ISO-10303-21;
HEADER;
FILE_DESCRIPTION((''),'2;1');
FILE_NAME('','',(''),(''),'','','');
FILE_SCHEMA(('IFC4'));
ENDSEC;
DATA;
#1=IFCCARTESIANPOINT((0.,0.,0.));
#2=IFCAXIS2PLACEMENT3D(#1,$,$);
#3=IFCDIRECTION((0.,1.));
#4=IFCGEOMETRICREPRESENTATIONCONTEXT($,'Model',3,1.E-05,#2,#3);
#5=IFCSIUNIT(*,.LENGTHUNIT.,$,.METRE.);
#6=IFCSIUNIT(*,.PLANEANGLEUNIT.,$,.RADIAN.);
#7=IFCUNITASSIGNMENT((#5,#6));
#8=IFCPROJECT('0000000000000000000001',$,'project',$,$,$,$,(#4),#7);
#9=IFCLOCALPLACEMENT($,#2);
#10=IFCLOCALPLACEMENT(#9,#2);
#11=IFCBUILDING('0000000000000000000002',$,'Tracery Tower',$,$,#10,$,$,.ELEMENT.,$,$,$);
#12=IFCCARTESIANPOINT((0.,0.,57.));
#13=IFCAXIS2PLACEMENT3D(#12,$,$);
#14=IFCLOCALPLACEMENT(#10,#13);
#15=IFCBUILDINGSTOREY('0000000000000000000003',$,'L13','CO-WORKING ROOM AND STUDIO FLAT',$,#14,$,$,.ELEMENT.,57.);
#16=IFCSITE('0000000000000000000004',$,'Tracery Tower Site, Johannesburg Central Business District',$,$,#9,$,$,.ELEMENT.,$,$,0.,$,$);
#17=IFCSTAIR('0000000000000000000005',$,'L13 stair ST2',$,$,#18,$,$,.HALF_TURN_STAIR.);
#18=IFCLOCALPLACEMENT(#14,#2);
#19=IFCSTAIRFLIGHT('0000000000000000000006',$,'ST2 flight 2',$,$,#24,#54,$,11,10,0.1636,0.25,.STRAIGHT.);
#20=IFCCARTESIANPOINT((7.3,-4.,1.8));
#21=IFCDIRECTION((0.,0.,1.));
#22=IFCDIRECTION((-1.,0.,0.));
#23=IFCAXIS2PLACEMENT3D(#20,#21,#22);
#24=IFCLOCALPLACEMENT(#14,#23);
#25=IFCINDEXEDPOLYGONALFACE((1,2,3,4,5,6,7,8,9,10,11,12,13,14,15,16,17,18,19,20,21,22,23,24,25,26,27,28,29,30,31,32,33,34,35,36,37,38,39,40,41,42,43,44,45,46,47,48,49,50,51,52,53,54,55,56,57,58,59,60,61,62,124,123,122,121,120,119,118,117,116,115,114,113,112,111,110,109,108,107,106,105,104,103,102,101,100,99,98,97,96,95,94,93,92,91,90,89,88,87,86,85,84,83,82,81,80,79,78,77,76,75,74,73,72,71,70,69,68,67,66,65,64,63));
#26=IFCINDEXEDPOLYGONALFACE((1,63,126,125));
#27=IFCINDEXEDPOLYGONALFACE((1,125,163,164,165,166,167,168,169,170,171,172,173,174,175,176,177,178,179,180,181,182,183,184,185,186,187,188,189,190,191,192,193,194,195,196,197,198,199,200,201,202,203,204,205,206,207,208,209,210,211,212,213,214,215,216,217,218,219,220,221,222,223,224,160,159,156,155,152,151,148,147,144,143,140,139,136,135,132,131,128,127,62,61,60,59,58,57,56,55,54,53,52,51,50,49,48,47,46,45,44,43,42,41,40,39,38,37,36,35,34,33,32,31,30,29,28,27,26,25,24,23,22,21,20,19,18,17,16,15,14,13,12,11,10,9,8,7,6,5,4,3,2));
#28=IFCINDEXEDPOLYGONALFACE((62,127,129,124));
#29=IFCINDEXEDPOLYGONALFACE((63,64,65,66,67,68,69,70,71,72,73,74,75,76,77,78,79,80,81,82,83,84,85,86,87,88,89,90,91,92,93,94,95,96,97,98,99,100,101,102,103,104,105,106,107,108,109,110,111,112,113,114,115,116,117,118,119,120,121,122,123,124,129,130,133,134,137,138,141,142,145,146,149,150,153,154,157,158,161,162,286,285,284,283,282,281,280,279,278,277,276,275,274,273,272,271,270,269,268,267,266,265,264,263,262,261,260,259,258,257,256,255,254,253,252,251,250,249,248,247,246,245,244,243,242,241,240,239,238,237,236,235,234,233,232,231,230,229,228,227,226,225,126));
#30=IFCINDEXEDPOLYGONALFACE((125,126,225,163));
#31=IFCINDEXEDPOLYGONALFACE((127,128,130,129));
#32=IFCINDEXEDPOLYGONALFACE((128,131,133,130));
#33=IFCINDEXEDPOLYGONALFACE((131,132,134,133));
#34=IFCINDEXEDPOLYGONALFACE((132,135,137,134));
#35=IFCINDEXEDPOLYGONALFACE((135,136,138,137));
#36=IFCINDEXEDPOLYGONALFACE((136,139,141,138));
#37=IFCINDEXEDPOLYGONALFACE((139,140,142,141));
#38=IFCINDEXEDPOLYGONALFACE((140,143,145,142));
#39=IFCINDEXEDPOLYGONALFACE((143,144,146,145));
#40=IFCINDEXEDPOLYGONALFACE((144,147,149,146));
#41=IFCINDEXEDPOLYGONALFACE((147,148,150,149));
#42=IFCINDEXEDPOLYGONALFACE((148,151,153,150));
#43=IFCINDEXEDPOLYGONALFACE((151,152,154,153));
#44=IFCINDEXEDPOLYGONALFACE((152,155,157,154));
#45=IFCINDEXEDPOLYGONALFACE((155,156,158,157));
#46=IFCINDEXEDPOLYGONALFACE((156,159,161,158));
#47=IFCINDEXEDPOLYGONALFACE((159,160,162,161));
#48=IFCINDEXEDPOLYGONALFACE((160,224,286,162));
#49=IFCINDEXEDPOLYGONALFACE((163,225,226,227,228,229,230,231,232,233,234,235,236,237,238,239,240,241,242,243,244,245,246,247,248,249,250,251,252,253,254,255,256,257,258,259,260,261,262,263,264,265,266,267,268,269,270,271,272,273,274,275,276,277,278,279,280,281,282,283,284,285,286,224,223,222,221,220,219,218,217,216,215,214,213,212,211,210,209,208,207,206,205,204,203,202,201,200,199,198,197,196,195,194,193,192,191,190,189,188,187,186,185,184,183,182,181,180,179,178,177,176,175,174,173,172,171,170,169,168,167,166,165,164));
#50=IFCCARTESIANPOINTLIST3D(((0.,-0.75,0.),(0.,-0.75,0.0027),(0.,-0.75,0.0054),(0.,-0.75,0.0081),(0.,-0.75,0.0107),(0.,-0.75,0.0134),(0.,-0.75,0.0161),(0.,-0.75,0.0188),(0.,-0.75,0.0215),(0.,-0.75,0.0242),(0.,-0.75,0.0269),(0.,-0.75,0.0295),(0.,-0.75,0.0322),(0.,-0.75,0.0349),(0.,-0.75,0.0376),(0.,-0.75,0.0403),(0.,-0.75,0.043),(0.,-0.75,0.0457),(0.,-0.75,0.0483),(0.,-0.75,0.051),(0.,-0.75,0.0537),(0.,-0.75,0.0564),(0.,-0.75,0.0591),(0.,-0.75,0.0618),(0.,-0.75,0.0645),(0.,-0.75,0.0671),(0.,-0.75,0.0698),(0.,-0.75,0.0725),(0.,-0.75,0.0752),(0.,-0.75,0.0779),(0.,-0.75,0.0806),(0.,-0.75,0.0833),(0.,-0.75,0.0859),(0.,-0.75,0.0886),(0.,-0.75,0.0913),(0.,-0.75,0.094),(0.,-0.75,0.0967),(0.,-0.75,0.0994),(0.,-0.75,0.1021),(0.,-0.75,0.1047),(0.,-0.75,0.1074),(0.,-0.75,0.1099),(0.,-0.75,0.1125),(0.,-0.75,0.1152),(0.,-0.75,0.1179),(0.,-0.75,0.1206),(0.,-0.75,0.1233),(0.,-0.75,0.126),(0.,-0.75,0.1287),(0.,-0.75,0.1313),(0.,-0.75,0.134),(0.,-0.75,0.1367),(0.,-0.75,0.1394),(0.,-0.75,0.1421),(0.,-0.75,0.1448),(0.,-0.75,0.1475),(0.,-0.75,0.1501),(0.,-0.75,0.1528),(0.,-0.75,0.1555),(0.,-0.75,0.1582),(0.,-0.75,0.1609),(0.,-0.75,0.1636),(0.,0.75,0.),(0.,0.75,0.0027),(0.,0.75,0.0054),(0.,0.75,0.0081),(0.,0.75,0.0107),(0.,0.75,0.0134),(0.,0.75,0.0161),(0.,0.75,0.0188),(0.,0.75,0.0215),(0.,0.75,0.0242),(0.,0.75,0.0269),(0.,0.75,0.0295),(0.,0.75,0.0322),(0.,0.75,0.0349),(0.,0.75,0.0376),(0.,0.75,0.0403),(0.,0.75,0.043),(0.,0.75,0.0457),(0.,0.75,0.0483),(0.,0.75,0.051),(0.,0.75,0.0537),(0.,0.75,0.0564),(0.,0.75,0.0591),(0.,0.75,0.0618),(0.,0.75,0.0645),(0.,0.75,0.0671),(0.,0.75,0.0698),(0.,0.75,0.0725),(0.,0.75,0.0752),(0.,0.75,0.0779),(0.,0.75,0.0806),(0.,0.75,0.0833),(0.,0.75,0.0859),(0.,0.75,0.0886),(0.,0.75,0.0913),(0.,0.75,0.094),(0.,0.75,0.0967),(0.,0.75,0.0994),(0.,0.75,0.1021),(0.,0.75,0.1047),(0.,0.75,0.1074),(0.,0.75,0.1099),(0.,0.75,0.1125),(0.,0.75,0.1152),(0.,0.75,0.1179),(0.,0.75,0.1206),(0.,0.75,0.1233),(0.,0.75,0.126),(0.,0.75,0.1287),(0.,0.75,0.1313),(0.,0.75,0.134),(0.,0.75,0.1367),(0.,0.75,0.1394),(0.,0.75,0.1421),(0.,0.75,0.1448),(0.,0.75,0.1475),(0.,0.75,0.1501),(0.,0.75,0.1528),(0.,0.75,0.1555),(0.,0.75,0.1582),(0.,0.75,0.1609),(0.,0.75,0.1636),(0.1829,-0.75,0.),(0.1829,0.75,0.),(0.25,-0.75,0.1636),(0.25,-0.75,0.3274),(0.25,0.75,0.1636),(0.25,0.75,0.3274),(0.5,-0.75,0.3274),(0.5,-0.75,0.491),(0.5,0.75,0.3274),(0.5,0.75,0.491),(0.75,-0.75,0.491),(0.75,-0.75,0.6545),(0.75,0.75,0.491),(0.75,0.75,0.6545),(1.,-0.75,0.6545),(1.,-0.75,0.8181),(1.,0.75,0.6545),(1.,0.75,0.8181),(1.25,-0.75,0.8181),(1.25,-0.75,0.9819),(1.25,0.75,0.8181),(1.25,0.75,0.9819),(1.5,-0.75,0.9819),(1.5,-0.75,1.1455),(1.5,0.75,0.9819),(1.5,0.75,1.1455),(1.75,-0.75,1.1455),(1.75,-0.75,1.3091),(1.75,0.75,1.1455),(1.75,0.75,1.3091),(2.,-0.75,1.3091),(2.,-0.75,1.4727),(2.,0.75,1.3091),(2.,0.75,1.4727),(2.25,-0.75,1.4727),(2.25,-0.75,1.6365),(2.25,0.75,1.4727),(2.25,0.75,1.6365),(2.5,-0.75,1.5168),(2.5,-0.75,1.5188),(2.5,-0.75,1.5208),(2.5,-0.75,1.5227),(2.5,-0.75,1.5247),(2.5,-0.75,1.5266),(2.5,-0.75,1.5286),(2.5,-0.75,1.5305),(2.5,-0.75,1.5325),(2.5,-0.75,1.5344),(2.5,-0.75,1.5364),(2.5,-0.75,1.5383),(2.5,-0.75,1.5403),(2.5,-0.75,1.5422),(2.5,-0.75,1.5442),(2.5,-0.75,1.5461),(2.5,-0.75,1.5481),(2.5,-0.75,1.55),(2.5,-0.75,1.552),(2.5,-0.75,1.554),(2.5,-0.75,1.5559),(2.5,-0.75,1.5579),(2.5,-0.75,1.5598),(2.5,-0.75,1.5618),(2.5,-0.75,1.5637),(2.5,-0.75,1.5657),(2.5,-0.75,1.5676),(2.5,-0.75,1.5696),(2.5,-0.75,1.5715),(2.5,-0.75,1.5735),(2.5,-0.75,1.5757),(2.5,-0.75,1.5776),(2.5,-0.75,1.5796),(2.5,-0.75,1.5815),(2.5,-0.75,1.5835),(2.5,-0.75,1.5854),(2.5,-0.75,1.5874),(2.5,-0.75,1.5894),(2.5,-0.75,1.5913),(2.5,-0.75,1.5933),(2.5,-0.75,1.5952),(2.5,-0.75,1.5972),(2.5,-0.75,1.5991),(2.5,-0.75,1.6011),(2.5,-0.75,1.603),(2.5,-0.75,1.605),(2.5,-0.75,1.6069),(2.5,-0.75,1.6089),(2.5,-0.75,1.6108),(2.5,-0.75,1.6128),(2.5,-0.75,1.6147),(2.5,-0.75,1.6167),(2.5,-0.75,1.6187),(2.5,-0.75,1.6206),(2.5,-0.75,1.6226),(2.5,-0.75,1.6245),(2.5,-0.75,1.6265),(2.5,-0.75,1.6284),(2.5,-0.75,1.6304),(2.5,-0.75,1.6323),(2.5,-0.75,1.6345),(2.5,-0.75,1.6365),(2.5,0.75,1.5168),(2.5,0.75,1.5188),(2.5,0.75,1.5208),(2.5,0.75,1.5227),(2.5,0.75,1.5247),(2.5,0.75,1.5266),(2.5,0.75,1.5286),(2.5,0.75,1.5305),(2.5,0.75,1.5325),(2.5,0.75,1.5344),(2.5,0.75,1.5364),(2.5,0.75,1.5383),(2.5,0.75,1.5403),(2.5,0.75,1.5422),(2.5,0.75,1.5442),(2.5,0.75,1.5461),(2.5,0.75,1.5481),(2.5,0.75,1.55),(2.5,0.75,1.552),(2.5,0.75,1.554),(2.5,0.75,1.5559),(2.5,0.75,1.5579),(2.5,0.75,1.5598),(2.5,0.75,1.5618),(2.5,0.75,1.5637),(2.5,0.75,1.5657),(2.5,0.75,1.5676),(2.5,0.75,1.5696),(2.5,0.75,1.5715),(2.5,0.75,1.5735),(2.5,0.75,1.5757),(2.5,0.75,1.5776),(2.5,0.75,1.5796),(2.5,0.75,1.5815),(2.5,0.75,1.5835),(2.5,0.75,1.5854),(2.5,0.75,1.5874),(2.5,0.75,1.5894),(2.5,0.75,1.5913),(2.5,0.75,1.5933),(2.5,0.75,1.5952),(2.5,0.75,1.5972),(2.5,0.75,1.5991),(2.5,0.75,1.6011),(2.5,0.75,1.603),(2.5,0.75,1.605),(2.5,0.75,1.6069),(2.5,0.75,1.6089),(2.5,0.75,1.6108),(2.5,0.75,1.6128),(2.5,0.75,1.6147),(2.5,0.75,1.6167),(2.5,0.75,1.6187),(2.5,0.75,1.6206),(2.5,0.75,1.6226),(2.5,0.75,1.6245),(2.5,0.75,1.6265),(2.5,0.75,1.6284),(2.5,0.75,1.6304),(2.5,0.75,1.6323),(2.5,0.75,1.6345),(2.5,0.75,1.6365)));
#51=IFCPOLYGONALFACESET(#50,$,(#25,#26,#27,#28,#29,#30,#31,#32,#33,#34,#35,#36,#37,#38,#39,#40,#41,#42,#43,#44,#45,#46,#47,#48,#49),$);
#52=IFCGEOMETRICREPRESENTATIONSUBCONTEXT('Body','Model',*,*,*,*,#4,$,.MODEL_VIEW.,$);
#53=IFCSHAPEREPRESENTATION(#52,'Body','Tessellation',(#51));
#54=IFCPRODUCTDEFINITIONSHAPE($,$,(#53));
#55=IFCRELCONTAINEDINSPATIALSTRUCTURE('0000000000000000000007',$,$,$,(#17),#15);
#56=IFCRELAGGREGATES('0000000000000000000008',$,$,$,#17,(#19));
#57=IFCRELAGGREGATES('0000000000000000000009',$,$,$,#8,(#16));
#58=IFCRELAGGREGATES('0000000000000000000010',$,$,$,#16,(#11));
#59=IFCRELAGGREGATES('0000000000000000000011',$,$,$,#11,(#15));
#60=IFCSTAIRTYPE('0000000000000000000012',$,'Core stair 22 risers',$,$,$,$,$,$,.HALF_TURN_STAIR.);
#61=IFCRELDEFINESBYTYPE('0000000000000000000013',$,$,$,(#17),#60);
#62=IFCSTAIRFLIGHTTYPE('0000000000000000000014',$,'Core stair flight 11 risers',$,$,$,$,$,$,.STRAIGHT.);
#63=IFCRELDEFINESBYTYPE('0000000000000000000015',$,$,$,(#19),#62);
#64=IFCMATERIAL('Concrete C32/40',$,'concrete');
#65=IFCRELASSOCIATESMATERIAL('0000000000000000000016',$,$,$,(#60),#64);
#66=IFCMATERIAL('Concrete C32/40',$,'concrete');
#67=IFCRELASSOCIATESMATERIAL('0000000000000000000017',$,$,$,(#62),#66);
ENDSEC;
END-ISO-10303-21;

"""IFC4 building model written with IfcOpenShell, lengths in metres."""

from ifc_helpers import new_model, si_unit, direction, frame, origin, place, context, subcontext, project, spatial, polyline, outline, extrude, material, type_object, element, aggregate, save


model = new_model("IFC4")

# Units and contexts
model_context = context("Model", 3, precision=1e-05, world=origin(), true_north=direction((0.0, 1.0)))
body_context = subcontext(model_context, "Body", "Model", "MODEL_VIEW")
ifc_project = project(units=[si_unit("LENGTHUNIT", "METRE"), si_unit("PLANEANGLEUNIT", "RADIAN")], contexts=[model_context])

# Site, building, storey
site_placement = place(None, origin())
site = spatial("IfcSite", under=ifc_project, at=site_placement, Name="Tracery Tower Site, Johannesburg Central Business District", CompositionType="ELEMENT", RefElevation=0.0)
building_placement = place(site_placement, origin())
building = spatial("IfcBuilding", under=site, at=building_placement, Name="Tracery Tower", CompositionType="ELEMENT")
storey_placement = place(building_placement, frame((0.0, 0.0, 57.0)))
storey = spatial("IfcBuildingStorey", under=building, at=storey_placement, Name="L13", Description="CO-WORKING ROOM AND STUDIO FLAT", CompositionType="ELEMENT", Elevation=57.0)

# Stair, stair flight
ifc_material_1 = material(Name="Concrete C32/40", Category="concrete")
stair_type = type_object("IfcStairType", Name="Core stair 22 risers", PredefinedType="HALF_TURN_STAIR", material=ifc_material_1)
stair_placement = place(storey_placement, origin())
stair = element("IfcStair", 1, at=stair_placement, inside=storey, type_object=stair_type, Name="L13 stair ST2", PredefinedType="HALF_TURN_STAIR")
ifc_material_2 = material(Name="Concrete C32/40", Category="concrete")
stair_flight_type = type_object("IfcStairFlightType", Name="Core stair flight 11 risers", PredefinedType="STRAIGHT", material=ifc_material_2)
stair_flight_1_placement = place(storey_placement, frame((7.3, -4.0, 1.8), z_axis=(0.0, 0.0, 1.0), x_axis=(-1.0, 0.0, 0.0)))
stair_flight_1 = element("IfcStairFlight", 2, at=stair_flight_1_placement, type_object=stair_flight_type, Name="ST2 flight 2", NumberOfRisers=11, NumberOfTreads=10, PredefinedType="STRAIGHT", RiserHeight=0.1636, TreadLength=0.25, context=body_context, shape_type="SweptSolid", body=[
    extrude(outline(polyline([(0.0, 0.0), (0.0, 0.0027), (0.0, 0.0054), (0.0, 0.0081), (0.0, 0.0107), (0.0, 0.0134), (0.0, 0.0161), (0.0, 0.0188), (0.0, 0.0215), (0.0, 0.0242), (0.0, 0.0269), (0.0, 0.0295), (0.0, 0.0322), (0.0, 0.0349), (0.0, 0.0376), (0.0, 0.0403), (0.0, 0.043), (0.0, 0.0457), (0.0, 0.0483), (0.0, 0.051), (0.0, 0.0537), (0.0, 0.0564), (0.0, 0.0591), (0.0, 0.0618), (0.0, 0.0645), (0.0, 0.0671), (0.0, 0.0698), (0.0, 0.0725), (0.0, 0.0752), (0.0, 0.0779), (0.0, 0.0806), (0.0, 0.0833), (0.0, 0.0859), (0.0, 0.0886), (0.0, 0.0913), (0.0, 0.094), (0.0, 0.0967), (0.0, 0.0994), (0.0, 0.1021), (0.0, 0.1047), (0.0, 0.1074), (0.0, 0.1099), (0.0, 0.1125), (0.0, 0.1152), (0.0, 0.1179), (0.0, 0.1206), (0.0, 0.1233), (0.0, 0.126), (0.0, 0.1287), (0.0, 0.1313), (0.0, 0.134), (0.0, 0.1367), (0.0, 0.1394), (0.0, 0.1421), (0.0, 0.1448), (0.0, 0.1475), (0.0, 0.1501), (0.0, 0.1528), (0.0, 0.1555), (0.0, 0.1582), (0.0, 0.1609), (0.0, 0.1636), (0.25, 0.1636), (0.25, 0.3274), (0.5, 0.3274), (0.5, 0.491), (0.75, 0.491), (0.75, 0.6545), (1.0, 0.6545), (1.0, 0.8181), (1.25, 0.8181), (1.25, 0.9819), (1.5, 0.9819), (1.5, 1.1455), (1.75, 1.1455), (1.75, 1.3091), (2.0, 1.3091), (2.0, 1.4727), (2.25, 1.4727), (2.25, 1.6365), (2.5, 1.6365), (2.5, 1.6345), (2.5, 1.6323), (2.5, 1.6304), (2.5, 1.6284), (2.5, 1.6265), (2.5, 1.6245), (2.5, 1.6226), (2.5, 1.6206), (2.5, 1.6187), (2.5, 1.6167), (2.5, 1.6147), (2.5, 1.6128), (2.5, 1.6108), (2.5, 1.6089), (2.5, 1.6069), (2.5, 1.605), (2.5, 1.603), (2.5, 1.6011), (2.5, 1.5991), (2.5, 1.5972), (2.5, 1.5952), (2.5, 1.5933), (2.5, 1.5913), (2.5, 1.5894), (2.5, 1.5874), (2.5, 1.5854), (2.5, 1.5835), (2.5, 1.5815), (2.5, 1.5796), (2.5, 1.5776), (2.5, 1.5757), (2.5, 1.5735), (2.5, 1.5715), (2.5, 1.5696), (2.5, 1.5676), (2.5, 1.5657), (2.5, 1.5637), (2.5, 1.5618), (2.5, 1.5598), (2.5, 1.5579), (2.5, 1.5559), (2.5, 1.554), (2.5, 1.552), (2.5, 1.55), (2.5, 1.5481), (2.5, 1.5461), (2.5, 1.5442), (2.5, 1.5422), (2.5, 1.5403), (2.5, 1.5383), (2.5, 1.5364), (2.5, 1.5344), (2.5, 1.5325), (2.5, 1.5305), (2.5, 1.5286), (2.5, 1.5266), (2.5, 1.5247), (2.5, 1.5227), (2.5, 1.5208), (2.5, 1.5188), (2.5, 1.5168), (0.1829, 0.0), (0.0, 0.0)])), frame((0.0, 0.75, 0.0), z_axis=(0.0, -1.0, 0.0), x_axis=(1.0, 0.0, 0.0)), (0.0, 0.0, 1.0), 1.5),
])
aggregate(stair, [stair_flight_1])

save(model, "model.ifc")
